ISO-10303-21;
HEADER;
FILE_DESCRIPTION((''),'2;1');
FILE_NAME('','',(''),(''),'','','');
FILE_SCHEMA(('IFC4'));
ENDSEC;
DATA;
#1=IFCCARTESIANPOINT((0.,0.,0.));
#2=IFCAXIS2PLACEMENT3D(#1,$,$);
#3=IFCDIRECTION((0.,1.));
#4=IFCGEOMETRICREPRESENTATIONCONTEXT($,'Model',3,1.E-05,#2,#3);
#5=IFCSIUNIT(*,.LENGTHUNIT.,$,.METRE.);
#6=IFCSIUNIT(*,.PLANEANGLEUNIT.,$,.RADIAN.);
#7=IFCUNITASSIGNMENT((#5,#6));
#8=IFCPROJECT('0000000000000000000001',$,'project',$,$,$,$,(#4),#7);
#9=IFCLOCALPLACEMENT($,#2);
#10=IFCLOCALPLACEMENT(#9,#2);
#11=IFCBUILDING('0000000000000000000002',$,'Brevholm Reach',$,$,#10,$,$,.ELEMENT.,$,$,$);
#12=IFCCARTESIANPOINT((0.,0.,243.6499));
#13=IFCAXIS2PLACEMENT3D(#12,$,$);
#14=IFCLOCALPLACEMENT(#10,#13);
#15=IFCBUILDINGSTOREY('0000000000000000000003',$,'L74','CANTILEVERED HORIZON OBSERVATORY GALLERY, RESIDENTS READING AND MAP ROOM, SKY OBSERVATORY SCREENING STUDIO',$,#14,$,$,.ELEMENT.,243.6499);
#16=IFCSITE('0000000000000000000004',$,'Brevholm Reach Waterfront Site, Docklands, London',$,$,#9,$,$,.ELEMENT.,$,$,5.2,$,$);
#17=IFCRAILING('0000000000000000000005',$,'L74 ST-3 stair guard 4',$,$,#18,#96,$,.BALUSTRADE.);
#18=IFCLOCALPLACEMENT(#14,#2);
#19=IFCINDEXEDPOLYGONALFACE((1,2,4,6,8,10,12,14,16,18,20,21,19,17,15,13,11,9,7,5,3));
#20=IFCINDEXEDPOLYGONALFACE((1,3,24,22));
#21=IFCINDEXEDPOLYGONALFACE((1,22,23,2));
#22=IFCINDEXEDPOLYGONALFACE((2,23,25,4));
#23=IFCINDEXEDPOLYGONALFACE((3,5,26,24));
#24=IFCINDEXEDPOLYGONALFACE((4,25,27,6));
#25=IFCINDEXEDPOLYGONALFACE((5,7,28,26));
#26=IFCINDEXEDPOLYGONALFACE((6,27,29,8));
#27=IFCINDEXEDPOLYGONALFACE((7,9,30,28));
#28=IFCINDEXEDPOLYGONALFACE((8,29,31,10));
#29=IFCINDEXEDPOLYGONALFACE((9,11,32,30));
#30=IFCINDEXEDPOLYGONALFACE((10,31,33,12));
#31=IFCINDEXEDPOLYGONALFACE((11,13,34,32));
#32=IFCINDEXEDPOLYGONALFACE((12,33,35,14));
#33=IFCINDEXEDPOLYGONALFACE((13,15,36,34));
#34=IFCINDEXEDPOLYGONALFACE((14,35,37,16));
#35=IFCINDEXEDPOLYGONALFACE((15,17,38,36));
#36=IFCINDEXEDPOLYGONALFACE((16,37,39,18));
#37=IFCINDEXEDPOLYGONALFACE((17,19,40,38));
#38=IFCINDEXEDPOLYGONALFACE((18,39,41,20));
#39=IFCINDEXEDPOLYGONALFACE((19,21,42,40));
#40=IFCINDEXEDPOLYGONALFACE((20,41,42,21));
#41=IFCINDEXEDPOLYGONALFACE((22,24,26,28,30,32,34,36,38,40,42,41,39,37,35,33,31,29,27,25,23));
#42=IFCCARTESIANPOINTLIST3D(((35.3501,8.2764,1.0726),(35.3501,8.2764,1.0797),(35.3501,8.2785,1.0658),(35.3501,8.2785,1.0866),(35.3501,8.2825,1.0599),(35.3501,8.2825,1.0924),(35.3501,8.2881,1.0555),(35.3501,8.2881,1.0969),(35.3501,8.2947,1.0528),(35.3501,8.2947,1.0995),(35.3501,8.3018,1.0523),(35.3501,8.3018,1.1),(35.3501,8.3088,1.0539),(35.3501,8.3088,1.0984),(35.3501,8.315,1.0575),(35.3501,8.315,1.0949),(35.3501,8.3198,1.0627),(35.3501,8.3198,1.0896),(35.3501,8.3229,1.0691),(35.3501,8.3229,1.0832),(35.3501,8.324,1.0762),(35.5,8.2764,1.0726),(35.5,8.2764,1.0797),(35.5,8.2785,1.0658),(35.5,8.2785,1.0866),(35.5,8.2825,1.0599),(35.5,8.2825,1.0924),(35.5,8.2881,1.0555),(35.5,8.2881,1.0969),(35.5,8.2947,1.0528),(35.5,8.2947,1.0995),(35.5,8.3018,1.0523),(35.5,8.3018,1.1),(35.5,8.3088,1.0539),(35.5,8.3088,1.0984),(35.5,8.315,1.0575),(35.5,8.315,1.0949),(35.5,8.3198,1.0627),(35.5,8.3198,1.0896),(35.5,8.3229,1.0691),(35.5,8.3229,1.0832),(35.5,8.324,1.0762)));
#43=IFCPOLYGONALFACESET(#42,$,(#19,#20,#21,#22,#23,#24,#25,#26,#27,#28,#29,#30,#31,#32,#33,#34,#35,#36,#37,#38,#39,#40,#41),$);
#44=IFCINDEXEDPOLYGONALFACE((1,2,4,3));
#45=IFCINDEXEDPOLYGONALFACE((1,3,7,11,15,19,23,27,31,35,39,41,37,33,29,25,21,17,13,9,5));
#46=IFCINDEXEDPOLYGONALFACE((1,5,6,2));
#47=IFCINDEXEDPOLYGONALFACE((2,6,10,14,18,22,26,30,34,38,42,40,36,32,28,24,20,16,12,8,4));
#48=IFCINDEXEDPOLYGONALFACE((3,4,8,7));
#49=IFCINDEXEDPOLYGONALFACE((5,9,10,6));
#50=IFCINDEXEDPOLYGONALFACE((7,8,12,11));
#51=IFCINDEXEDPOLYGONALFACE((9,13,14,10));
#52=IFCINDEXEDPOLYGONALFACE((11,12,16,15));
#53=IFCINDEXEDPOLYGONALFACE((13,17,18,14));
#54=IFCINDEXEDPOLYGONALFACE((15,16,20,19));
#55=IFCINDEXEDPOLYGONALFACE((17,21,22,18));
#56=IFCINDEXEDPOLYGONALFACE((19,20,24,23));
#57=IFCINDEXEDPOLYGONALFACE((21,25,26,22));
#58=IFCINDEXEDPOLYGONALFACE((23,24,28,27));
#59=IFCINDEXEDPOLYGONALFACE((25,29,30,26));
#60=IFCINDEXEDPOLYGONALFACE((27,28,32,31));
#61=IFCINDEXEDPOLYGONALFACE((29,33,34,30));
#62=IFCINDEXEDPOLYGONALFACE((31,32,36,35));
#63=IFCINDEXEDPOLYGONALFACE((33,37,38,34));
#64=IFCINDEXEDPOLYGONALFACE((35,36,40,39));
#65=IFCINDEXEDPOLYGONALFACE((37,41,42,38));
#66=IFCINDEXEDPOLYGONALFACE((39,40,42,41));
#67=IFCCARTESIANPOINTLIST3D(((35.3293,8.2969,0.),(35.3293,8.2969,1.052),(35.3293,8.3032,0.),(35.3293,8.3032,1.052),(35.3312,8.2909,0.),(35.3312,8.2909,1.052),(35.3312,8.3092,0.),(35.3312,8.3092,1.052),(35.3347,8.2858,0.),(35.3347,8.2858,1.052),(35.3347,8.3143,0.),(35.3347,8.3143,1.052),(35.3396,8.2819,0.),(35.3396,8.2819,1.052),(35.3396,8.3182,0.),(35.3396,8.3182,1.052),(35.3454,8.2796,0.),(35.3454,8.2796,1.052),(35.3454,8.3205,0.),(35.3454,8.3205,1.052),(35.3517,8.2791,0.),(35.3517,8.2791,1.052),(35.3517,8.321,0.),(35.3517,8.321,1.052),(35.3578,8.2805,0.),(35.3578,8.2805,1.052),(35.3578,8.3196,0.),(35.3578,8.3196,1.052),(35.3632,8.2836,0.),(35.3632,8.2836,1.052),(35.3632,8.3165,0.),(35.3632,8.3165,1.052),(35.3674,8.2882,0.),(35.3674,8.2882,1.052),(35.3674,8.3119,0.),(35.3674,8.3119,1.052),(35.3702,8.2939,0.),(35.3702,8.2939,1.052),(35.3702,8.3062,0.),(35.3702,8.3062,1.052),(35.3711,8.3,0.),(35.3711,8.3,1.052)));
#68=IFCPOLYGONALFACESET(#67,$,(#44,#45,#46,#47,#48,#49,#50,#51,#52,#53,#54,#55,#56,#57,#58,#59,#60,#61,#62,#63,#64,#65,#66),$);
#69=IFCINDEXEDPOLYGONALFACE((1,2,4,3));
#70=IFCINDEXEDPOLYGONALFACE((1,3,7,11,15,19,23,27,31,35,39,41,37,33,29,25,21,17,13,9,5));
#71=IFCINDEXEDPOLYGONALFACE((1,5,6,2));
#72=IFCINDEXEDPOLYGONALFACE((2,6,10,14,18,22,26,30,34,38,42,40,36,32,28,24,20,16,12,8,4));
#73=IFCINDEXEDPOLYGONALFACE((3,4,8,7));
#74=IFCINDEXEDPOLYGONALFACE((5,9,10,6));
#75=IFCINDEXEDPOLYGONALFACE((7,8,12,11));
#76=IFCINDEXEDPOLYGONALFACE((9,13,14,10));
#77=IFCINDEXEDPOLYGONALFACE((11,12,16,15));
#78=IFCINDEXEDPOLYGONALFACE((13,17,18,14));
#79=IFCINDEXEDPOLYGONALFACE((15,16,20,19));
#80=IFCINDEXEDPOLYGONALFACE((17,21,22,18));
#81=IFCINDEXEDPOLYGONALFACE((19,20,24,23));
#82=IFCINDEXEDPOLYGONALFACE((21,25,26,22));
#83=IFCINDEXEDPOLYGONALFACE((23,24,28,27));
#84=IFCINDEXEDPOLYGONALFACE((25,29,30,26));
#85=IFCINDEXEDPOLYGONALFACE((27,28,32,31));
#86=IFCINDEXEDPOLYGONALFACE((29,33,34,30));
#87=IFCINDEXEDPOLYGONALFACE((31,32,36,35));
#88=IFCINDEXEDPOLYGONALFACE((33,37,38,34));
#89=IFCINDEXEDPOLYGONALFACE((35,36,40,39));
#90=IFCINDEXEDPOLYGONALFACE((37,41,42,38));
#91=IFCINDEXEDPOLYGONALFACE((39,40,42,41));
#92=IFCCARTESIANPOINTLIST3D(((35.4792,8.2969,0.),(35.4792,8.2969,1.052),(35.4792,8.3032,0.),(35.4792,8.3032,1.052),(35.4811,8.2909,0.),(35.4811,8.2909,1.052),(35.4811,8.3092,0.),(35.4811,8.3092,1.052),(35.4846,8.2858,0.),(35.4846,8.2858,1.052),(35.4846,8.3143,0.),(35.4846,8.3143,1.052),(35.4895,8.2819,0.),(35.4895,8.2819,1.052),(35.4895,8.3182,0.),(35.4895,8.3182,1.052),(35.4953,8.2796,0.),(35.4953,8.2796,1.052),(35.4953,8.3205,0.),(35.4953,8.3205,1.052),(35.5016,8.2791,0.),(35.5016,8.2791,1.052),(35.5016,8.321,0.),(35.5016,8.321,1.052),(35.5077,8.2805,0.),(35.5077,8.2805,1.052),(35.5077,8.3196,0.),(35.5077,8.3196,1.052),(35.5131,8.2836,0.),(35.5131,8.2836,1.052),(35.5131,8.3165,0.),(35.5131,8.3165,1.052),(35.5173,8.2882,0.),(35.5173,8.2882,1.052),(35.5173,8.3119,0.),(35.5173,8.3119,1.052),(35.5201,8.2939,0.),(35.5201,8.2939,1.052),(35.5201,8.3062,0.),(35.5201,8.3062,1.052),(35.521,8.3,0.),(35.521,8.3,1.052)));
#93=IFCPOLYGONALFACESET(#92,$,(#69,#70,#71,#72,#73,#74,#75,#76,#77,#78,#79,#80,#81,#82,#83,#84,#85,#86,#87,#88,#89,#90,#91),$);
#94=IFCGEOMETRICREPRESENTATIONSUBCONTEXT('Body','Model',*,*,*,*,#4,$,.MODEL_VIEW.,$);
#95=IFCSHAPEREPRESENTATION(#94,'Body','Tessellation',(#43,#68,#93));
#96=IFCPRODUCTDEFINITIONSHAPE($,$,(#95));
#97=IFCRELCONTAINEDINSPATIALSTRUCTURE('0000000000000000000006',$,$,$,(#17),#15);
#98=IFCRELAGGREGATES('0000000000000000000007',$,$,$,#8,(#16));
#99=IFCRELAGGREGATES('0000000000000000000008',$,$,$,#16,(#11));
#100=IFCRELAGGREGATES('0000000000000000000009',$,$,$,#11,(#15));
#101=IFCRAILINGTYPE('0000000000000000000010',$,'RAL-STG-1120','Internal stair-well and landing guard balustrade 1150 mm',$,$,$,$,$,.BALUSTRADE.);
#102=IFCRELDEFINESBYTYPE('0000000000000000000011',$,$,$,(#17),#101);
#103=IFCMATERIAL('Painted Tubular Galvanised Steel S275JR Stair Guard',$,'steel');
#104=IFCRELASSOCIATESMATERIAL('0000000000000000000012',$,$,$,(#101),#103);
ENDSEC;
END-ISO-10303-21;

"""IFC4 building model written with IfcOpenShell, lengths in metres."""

from ifc_helpers import new_model, si_unit, direction, frame, origin, origin_2d, place, context, subcontext, project, spatial, circle, extrude, material, type_object, element, save


model = new_model("IFC4")

# Units and contexts
model_context = context("Model", 3, precision=1e-05, world=origin(), true_north=direction((0.0, 1.0)))
body_context = subcontext(model_context, "Body", "Model", "MODEL_VIEW")
ifc_project = project(units=[si_unit("LENGTHUNIT", "METRE"), si_unit("PLANEANGLEUNIT", "RADIAN")], contexts=[model_context])

# Site, building, storey
site_placement = place(None, origin())
site = spatial("IfcSite", under=ifc_project, at=site_placement, Name="Brevholm Reach Waterfront Site, Docklands, London", CompositionType="ELEMENT", RefElevation=5.2)
building_placement = place(site_placement, origin())
building = spatial("IfcBuilding", under=site, at=building_placement, Name="Brevholm Reach", CompositionType="ELEMENT")
storey_placement = place(building_placement, frame((0.0, 0.0, 243.6499)))
storey = spatial("IfcBuildingStorey", under=building, at=storey_placement, Name="L74", Description="CANTILEVERED HORIZON OBSERVATORY GALLERY, RESIDENTS READING AND MAP ROOM, SKY OBSERVATORY SCREENING STUDIO", CompositionType="ELEMENT", Elevation=243.6499)

# Railing
ifc_material_1 = material(Name="Painted Tubular Galvanised Steel S275JR Stair Guard", Category="steel")
railing_type_1 = type_object("IfcRailingType", Name="RAL-STG-1120", Description="Internal stair-well and landing guard balustrade 1150 mm", PredefinedType="BALUSTRADE", material=ifc_material_1)
railing_1_placement = place(storey_placement, frame((35.3501, 8.3, 0.0)))
element("IfcRailing", 1, at=railing_1_placement, inside=storey, type_object=railing_type_1, Name="L74 ST-3 stair guard 4", PredefinedType="BALUSTRADE", context=body_context, shape_type="SweptSolid", body=[
    extrude(circle(Radius=0.0239, at=origin_2d()), frame((0.0, 0.0, 1.0762), z_axis=(1.0, 0.0, 0.0), x_axis=(0.0, 1.0, 0.0)), (0.0, 0.0, 1.0), 0.1499),
    extrude(circle(Radius=0.021, at=origin_2d()), origin(), (0.0, 0.0, 1.0), 1.052),
    extrude(circle(Radius=0.021, at=origin_2d()), frame((0.1499, 0.0, 0.0)), (0.0, 0.0, 1.0), 1.052),
])

save(model, "model.ifc")
